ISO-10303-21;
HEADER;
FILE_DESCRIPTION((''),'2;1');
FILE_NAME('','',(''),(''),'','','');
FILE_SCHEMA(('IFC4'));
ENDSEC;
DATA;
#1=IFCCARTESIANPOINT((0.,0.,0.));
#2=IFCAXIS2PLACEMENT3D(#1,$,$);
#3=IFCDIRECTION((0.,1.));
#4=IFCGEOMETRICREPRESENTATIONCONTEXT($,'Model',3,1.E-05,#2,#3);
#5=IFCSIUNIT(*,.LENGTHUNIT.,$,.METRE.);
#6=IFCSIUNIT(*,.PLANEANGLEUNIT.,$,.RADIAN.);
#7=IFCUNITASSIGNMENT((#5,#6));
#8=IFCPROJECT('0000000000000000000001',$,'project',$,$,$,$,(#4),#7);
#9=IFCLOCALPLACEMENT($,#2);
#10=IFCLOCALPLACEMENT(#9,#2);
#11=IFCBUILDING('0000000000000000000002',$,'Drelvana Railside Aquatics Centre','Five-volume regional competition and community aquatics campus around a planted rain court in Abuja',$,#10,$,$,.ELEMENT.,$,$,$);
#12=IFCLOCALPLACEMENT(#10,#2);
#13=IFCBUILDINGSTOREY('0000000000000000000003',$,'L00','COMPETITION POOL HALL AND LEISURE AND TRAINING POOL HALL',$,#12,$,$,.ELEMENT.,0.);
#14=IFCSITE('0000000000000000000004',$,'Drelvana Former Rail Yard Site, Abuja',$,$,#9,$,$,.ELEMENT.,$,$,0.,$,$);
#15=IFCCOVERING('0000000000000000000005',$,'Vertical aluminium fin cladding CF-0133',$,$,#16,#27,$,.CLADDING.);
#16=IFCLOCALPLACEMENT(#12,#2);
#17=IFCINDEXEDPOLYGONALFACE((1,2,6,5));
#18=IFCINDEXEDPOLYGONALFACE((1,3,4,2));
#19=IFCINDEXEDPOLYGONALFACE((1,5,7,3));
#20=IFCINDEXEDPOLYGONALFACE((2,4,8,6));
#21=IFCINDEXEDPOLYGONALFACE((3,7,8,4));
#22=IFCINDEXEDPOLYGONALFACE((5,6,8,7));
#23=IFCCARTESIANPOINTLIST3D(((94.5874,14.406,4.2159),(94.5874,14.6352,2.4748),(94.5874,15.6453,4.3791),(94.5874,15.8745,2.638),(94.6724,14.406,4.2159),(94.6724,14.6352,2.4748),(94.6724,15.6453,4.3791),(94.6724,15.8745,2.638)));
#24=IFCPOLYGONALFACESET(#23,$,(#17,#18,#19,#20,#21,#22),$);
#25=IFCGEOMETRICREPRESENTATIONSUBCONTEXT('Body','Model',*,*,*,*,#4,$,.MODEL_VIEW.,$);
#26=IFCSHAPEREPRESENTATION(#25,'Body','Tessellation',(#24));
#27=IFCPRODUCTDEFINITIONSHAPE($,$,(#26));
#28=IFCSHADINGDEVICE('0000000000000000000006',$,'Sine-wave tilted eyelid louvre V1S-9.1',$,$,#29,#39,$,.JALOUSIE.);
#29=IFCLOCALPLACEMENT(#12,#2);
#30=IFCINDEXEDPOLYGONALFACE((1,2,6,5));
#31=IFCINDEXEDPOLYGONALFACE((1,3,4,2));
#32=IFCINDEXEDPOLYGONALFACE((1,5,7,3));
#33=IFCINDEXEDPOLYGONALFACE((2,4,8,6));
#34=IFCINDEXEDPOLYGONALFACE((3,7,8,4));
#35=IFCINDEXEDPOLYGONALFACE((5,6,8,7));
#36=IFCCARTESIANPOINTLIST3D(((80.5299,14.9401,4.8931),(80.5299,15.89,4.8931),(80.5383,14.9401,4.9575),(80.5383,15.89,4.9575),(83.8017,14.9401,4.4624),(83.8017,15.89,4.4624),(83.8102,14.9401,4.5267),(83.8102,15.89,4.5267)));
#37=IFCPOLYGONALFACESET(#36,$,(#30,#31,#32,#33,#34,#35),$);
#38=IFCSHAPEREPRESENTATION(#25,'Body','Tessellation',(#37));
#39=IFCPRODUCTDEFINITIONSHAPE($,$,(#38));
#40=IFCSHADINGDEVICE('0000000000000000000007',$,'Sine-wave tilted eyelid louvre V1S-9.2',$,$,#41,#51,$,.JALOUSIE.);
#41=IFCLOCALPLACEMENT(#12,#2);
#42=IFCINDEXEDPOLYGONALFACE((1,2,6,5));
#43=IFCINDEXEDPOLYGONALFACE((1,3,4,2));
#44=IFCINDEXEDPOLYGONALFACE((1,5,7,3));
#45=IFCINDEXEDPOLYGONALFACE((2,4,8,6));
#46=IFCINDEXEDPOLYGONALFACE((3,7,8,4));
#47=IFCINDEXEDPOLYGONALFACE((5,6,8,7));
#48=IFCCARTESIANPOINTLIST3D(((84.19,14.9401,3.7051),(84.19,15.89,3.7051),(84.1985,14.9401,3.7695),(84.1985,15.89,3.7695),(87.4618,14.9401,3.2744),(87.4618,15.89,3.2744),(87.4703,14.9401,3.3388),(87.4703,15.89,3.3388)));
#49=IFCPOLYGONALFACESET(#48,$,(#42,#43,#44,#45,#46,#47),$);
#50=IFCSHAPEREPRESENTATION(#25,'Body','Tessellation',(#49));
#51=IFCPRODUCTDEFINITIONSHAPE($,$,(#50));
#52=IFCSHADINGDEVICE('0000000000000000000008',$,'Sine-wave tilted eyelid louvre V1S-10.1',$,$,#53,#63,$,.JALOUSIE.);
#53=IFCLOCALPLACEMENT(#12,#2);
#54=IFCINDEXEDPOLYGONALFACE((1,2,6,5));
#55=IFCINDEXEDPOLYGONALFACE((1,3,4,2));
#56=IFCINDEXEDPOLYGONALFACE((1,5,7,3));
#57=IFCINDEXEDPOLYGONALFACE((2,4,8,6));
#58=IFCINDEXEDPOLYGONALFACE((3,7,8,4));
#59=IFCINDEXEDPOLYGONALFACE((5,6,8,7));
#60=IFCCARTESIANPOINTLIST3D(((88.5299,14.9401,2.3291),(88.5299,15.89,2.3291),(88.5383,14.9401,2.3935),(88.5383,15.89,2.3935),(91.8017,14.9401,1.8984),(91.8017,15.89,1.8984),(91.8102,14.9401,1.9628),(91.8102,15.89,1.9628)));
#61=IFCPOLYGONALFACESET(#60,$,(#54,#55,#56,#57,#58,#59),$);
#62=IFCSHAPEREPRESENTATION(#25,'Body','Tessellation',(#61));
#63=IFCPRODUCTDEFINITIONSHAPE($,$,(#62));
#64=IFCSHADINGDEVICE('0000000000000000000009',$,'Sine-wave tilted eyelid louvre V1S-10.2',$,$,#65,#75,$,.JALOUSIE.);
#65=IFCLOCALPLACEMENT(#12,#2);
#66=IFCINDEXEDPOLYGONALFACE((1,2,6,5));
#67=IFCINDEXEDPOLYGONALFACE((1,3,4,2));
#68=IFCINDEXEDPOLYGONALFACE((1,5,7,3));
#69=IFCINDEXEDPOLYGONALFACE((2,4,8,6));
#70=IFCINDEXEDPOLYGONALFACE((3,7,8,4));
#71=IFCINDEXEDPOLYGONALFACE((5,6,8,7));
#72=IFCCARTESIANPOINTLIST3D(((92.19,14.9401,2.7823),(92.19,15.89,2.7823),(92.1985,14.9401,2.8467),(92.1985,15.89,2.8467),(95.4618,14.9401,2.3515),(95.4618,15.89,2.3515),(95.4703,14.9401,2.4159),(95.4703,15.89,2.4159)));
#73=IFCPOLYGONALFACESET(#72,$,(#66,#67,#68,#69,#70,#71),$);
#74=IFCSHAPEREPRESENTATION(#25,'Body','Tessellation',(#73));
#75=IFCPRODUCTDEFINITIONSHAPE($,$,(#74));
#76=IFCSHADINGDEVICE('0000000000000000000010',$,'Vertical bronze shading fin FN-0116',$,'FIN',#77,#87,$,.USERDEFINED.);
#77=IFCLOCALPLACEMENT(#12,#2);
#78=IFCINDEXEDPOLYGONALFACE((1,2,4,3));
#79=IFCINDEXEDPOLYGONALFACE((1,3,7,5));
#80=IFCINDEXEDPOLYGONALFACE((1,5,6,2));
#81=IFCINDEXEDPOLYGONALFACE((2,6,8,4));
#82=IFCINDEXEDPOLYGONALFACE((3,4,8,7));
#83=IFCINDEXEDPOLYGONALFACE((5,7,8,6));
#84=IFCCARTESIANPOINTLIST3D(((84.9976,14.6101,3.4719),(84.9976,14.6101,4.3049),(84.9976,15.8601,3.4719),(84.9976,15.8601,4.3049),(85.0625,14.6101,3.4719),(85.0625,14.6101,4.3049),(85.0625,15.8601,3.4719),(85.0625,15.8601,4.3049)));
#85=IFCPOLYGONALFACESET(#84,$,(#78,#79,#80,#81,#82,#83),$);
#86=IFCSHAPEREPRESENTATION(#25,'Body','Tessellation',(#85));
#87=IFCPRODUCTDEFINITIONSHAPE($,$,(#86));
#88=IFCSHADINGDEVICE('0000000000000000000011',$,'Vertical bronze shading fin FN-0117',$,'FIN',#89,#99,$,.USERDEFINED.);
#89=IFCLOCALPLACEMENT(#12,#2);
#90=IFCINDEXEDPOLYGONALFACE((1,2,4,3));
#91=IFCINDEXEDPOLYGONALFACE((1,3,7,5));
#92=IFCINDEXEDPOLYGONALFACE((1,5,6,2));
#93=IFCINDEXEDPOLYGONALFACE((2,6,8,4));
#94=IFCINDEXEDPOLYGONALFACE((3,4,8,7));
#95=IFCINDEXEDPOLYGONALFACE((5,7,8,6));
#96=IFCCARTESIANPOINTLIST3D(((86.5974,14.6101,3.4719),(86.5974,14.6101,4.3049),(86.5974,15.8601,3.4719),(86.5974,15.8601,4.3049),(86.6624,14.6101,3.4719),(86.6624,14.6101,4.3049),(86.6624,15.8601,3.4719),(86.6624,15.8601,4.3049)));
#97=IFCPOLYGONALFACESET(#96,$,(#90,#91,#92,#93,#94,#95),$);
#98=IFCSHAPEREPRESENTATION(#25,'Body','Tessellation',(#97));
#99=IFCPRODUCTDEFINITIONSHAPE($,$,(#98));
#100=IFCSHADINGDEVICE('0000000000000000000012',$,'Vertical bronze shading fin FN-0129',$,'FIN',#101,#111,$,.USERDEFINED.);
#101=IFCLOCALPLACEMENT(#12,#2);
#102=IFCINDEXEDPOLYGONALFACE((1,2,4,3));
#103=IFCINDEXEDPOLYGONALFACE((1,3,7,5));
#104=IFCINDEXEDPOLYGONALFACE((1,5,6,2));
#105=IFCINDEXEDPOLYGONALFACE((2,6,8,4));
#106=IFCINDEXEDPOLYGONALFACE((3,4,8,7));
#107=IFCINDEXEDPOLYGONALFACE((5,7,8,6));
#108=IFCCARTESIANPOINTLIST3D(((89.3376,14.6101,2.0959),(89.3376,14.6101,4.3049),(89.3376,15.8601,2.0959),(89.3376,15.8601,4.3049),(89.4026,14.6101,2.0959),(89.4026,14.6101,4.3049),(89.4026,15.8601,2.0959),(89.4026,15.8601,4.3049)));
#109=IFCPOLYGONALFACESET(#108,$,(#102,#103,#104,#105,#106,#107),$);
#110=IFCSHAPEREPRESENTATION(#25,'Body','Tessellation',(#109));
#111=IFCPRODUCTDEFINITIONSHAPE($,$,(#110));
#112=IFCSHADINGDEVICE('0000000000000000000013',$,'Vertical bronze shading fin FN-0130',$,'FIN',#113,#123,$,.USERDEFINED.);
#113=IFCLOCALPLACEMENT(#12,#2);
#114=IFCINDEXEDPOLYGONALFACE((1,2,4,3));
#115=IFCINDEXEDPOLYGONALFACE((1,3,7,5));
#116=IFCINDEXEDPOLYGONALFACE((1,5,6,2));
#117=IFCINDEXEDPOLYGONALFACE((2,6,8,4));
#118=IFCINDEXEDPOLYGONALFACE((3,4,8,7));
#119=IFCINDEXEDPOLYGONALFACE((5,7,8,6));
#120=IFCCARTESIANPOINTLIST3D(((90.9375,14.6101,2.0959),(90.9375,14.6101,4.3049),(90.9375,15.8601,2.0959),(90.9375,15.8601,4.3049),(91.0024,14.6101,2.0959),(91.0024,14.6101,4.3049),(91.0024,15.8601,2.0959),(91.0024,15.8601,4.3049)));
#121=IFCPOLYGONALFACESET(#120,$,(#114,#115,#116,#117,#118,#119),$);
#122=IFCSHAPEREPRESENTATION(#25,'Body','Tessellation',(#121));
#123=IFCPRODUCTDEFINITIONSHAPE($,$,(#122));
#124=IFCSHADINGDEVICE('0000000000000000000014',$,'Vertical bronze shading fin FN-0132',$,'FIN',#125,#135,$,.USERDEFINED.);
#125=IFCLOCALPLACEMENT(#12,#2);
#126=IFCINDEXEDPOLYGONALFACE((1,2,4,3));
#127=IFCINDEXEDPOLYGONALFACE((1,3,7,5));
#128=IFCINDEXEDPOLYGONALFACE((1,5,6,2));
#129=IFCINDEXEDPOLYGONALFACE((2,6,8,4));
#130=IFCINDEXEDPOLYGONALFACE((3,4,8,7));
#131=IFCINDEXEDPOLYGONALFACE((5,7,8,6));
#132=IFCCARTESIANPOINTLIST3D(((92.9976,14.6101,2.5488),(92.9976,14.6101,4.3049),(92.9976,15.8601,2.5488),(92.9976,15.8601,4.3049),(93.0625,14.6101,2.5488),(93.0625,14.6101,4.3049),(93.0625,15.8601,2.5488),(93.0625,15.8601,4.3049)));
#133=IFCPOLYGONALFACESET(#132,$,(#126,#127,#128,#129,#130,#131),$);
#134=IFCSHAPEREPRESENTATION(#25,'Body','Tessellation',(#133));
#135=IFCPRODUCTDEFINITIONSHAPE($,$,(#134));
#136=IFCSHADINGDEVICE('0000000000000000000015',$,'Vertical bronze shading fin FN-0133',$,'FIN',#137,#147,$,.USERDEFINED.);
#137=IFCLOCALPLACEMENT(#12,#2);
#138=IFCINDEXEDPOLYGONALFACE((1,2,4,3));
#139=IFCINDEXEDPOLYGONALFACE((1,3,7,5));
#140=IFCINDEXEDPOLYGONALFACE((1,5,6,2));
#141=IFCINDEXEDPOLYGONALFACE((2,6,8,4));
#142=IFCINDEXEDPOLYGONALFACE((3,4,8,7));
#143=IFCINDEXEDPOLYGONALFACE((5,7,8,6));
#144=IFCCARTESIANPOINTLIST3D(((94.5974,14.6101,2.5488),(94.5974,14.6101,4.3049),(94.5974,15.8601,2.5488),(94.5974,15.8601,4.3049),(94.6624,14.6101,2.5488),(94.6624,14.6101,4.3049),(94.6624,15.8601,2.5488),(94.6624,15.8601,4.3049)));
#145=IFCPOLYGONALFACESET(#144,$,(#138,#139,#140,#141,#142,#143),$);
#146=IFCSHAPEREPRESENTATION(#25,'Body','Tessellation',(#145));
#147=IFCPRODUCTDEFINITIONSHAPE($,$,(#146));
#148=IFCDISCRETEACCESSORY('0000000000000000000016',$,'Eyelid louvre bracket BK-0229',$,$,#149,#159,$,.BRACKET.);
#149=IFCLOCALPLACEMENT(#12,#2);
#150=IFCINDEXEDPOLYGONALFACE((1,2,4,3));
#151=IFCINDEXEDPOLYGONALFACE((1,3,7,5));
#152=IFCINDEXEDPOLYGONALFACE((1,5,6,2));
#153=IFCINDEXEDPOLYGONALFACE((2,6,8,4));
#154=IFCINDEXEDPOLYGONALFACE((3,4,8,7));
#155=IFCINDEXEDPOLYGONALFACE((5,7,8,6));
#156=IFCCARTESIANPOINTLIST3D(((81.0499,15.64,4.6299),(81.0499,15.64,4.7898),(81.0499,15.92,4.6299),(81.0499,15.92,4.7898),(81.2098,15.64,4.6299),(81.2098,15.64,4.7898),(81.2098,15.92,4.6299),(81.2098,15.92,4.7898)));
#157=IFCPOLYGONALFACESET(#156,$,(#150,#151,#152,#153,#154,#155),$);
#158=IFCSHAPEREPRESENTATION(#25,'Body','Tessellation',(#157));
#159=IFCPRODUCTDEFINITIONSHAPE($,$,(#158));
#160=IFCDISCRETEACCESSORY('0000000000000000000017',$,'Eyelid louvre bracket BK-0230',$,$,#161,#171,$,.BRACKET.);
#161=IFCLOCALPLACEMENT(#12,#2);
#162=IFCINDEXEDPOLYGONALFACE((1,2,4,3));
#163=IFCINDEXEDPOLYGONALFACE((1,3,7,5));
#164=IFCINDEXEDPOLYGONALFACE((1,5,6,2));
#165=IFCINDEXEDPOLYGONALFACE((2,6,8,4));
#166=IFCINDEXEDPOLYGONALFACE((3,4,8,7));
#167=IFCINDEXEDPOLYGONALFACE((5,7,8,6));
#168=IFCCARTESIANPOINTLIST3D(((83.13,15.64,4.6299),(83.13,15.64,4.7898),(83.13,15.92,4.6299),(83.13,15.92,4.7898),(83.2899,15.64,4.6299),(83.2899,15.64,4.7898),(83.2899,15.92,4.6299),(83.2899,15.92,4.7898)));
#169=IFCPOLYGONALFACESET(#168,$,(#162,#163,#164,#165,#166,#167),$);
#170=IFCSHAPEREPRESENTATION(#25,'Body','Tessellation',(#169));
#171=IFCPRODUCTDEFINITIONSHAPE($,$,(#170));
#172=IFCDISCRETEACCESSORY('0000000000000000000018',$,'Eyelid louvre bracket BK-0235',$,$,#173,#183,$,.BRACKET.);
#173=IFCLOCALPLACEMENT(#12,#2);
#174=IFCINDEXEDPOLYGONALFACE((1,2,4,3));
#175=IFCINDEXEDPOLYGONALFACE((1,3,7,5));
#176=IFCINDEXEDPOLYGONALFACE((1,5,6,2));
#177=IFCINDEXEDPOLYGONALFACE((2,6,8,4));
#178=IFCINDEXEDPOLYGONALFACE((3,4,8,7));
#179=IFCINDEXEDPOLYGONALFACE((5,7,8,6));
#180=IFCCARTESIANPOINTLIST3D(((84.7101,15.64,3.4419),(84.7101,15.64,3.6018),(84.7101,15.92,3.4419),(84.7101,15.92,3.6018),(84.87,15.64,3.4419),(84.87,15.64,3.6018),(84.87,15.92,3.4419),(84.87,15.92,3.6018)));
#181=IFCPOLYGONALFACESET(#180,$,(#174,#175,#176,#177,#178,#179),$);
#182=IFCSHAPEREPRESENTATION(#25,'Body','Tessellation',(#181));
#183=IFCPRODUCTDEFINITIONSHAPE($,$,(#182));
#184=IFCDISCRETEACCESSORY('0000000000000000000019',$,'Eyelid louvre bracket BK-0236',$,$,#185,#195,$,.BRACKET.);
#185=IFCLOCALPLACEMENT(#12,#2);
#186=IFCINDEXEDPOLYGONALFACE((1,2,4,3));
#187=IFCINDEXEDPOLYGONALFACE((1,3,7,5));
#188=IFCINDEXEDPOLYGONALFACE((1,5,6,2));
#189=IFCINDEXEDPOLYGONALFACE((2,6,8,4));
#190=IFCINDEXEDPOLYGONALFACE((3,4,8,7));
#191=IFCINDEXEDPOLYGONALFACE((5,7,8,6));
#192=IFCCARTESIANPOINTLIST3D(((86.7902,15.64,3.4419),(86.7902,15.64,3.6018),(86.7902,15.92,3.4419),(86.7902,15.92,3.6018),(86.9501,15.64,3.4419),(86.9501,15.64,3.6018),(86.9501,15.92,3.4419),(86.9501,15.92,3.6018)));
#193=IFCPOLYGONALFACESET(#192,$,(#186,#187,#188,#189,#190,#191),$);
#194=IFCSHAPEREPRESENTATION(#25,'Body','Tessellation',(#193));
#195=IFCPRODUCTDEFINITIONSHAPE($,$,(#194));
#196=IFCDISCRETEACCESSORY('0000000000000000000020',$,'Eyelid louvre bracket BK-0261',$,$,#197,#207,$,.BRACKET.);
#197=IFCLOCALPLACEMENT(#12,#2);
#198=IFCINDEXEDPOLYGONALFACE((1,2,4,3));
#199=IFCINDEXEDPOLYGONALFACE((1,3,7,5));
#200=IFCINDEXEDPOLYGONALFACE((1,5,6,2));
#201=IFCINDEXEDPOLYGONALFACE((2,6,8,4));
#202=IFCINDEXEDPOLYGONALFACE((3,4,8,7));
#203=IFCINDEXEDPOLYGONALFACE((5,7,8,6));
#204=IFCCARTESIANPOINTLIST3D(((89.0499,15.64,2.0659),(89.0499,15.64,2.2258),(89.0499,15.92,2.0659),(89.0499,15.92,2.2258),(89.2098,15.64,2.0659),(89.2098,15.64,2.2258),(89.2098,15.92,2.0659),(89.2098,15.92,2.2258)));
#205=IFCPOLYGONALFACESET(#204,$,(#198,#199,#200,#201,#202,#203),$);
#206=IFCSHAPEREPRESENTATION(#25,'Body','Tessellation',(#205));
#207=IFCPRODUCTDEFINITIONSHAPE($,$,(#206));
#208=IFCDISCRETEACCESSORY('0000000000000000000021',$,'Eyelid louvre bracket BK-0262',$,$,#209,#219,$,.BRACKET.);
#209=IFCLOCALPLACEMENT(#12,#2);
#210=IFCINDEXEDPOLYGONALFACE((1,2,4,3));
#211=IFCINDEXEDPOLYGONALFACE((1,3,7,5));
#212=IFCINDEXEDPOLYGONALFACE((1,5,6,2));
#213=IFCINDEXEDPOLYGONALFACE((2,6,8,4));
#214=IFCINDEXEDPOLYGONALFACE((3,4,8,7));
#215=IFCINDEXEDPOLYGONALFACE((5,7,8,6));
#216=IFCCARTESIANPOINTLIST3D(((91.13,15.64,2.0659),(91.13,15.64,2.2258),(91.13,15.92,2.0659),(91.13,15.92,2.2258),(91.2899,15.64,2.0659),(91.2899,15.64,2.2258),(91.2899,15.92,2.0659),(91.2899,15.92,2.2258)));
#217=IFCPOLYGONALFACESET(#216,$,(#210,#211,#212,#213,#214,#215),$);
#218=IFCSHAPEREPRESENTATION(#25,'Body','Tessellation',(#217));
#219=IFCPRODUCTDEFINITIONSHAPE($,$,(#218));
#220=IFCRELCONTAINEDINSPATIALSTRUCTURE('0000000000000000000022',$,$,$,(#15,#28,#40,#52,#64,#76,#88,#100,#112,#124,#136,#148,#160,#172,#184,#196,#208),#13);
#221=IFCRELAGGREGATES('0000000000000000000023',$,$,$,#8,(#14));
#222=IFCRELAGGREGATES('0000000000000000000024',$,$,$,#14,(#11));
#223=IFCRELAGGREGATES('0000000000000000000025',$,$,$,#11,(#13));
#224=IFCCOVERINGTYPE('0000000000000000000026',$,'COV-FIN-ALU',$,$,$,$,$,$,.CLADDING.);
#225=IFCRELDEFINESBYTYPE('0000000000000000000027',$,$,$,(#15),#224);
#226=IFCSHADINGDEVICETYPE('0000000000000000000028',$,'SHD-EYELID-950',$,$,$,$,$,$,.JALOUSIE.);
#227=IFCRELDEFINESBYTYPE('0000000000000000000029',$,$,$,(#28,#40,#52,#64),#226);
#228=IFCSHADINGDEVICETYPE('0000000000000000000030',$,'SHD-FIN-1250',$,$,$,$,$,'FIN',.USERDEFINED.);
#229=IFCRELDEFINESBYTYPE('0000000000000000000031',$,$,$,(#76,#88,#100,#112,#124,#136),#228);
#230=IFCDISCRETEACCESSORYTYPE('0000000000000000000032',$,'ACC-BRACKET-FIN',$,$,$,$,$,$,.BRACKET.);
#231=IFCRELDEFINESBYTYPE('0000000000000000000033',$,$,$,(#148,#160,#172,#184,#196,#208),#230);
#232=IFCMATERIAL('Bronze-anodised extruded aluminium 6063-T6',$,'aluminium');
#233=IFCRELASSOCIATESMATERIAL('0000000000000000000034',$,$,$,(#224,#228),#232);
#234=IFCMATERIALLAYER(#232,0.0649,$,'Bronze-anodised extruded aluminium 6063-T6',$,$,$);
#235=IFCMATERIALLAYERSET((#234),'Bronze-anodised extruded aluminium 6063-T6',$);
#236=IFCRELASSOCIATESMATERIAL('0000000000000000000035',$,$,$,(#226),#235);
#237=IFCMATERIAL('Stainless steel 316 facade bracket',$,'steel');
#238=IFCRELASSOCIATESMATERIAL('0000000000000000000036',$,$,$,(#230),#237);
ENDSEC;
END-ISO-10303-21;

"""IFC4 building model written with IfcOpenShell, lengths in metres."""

from ifc_helpers import new_model, si_unit, direction, frame, origin, origin_2d, place, context, subcontext, project, spatial, rectangle, extrude, material, layer, layer_set, type_object, element, save


model = new_model("IFC4")

# Units and contexts
model_context = context("Model", 3, precision=1e-05, world=origin(), true_north=direction((0.0, 1.0)))
body_context = subcontext(model_context, "Body", "Model", "MODEL_VIEW")
ifc_project = project(units=[si_unit("LENGTHUNIT", "METRE"), si_unit("PLANEANGLEUNIT", "RADIAN")], contexts=[model_context])

# Site, building, storey
site_placement = place(None, origin())
site = spatial("IfcSite", under=ifc_project, at=site_placement, Name="Drelvana Former Rail Yard Site, Abuja", CompositionType="ELEMENT", RefElevation=0.0)
building_placement = place(site_placement, origin())
building = spatial("IfcBuilding", under=site, at=building_placement, Name="Drelvana Railside Aquatics Centre", Description="Five-volume regional competition and community aquatics campus around a planted rain court in Abuja", CompositionType="ELEMENT")
storey_placement = place(building_placement, origin())
storey = spatial("IfcBuildingStorey", under=building, at=storey_placement, Name="L00", Description="COMPETITION POOL HALL AND LEISURE AND TRAINING POOL HALL", CompositionType="ELEMENT", Elevation=0.0)

# Covering
ifc_material_1 = material(Name="Bronze-anodised extruded aluminium 6063-T6", Category="aluminium")
covering_type_1 = type_object("IfcCoveringType", Name="COV-FIN-ALU", PredefinedType="CLADDING", material=ifc_material_1)
for number, where, z_axis, x_axis, name in (
    (1, (94.6299, 15.2549, 2.5564), (0.0, -0.130526, 0.991445), (-1.0, 0.0, 0.0), "Vertical aluminium fin cladding CF-0133"),
):
    element("IfcCovering", number, at=place(storey_placement, frame(where, z_axis=z_axis, x_axis=x_axis)), inside=storey, type_object=covering_type_1, Name=name, PredefinedType="CLADDING", context=body_context, shape_type="SweptSolid", body=[
        extrude(rectangle(XDim=0.085, YDim=1.25, at=origin_2d()), origin(), (0.0, 0.0, 1.0), 1.7561),
    ])

# Shading devices
ifc_layer_1 = layer(ifc_material_1, 0.0649, Name="Bronze-anodised extruded aluminium 6063-T6")
ifc_layer_set_1 = layer_set([ifc_layer_1], Name="Bronze-anodised extruded aluminium 6063-T6")
shading_device_type_1 = type_object("IfcShadingDeviceType", Name="SHD-EYELID-950", PredefinedType="JALOUSIE", material=ifc_layer_set_1)
for number, where, z_axis, x_axis, name in (
    (2, (82.1658, 15.415, 4.6777), (0.130526, 0.0, 0.991445), (0.0, -1.0, 0.0), "Sine-wave tilted eyelid louvre V1S-9.1"),
    (3, (85.8259, 15.415, 3.4897), (0.130526, 0.0, 0.991445), (0.0, -1.0, 0.0), "Sine-wave tilted eyelid louvre V1S-9.2"),
    (4, (90.1658, 15.415, 2.1138), (0.130526, 0.0, 0.991445), (0.0, -1.0, 0.0), "Sine-wave tilted eyelid louvre V1S-10.1"),
    (5, (93.8259, 15.415, 2.5669), (0.130526, 0.0, 0.991445), (0.0, -1.0, 0.0), "Sine-wave tilted eyelid louvre V1S-10.2"),
):
    element("IfcShadingDevice", number, at=place(storey_placement, frame(where, z_axis=z_axis, x_axis=x_axis)), inside=storey, type_object=shading_device_type_1, Name=name, PredefinedType="JALOUSIE", context=body_context, shape_type="SweptSolid", body=[
        extrude(rectangle(XDim=0.95, YDim=3.3, at=origin_2d()), origin(), (0.0, 0.0, 1.0), 0.0649),
    ])
shading_device_type_2 = type_object("IfcShadingDeviceType", Name="SHD-FIN-1250", ElementType="FIN", PredefinedType="USERDEFINED", material=ifc_material_1)
for number, where, z_axis, x_axis, name in (
    (6, (85.03, 15.2351, 3.4719), (0.0, 0.0, 1.0), (0.0, -1.0, 0.0), "Vertical bronze shading fin FN-0116"),
    (7, (86.6299, 15.2351, 3.4719), (0.0, 0.0, 1.0), (0.0, -1.0, 0.0), "Vertical bronze shading fin FN-0117"),
):
    element("IfcShadingDevice", number, at=place(storey_placement, frame(where, z_axis=z_axis, x_axis=x_axis)), inside=storey, type_object=shading_device_type_2, Name=name, ObjectType="FIN", PredefinedType="USERDEFINED", context=body_context, shape_type="SweptSolid", body=[
        extrude(rectangle(XDim=1.25, YDim=0.0649, at=origin_2d()), origin(), (0.0, 0.0, 1.0), 0.833),
    ])
for number, where, z_axis, x_axis, name in (
    (8, (89.3701, 15.2351, 2.0959), (0.0, 0.0, 1.0), (0.0, -1.0, 0.0), "Vertical bronze shading fin FN-0129"),
    (9, (90.97, 15.2351, 2.0959), (0.0, 0.0, 1.0), (0.0, -1.0, 0.0), "Vertical bronze shading fin FN-0130"),
):
    element("IfcShadingDevice", number, at=place(storey_placement, frame(where, z_axis=z_axis, x_axis=x_axis)), inside=storey, type_object=shading_device_type_2, Name=name, ObjectType="FIN", PredefinedType="USERDEFINED", context=body_context, shape_type="SweptSolid", body=[
        extrude(rectangle(XDim=1.25, YDim=0.0649, at=origin_2d()), origin(), (0.0, 0.0, 1.0), 2.209),
    ])
for number, where, z_axis, x_axis, name in (
    (10, (93.03, 15.2351, 2.5488), (0.0, 0.0, 1.0), (0.0, -1.0, 0.0), "Vertical bronze shading fin FN-0132"),
    (11, (94.6299, 15.2351, 2.5488), (0.0, 0.0, 1.0), (0.0, -1.0, 0.0), "Vertical bronze shading fin FN-0133"),
):
    element("IfcShadingDevice", number, at=place(storey_placement, frame(where, z_axis=z_axis, x_axis=x_axis)), inside=storey, type_object=shading_device_type_2, Name=name, ObjectType="FIN", PredefinedType="USERDEFINED", context=body_context, shape_type="SweptSolid", body=[
        extrude(rectangle(XDim=1.25, YDim=0.0649, at=origin_2d()), origin(), (0.0, 0.0, 1.0), 1.7561),
    ])

# Discrete accessories
ifc_material_2 = material(Name="Stainless steel 316 facade bracket", Category="steel")
discrete_accessory_type = type_object("IfcDiscreteAccessoryType", Name="ACC-BRACKET-FIN", PredefinedType="BRACKET", material=ifc_material_2)
for number, where, z_axis, x_axis, name in (
    (12, (81.1299, 15.78, 4.6299), (0.0, 0.0, 1.0), (1.0, 0.0, 0.0), "Eyelid louvre bracket BK-0229"),
    (13, (83.21, 15.78, 4.6299), (0.0, 0.0, 1.0), (1.0, 0.0, 0.0), "Eyelid louvre bracket BK-0230"),
    (14, (84.79, 15.78, 3.4419), (0.0, 0.0, 1.0), (1.0, 0.0, 0.0), "Eyelid louvre bracket BK-0235"),
    (15, (86.8701, 15.78, 3.4419), (0.0, 0.0, 1.0), (1.0, 0.0, 0.0), "Eyelid louvre bracket BK-0236"),
    (16, (89.1299, 15.78, 2.0659), (0.0, 0.0, 1.0), (1.0, 0.0, 0.0), "Eyelid louvre bracket BK-0261"),
    (17, (91.21, 15.78, 2.0659), (0.0, 0.0, 1.0), (1.0, 0.0, 0.0), "Eyelid louvre bracket BK-0262"),
):
    element("IfcDiscreteAccessory", number, at=place(storey_placement, frame(where, z_axis=z_axis, x_axis=x_axis)), inside=storey, type_object=discrete_accessory_type, Name=name, PredefinedType="BRACKET", context=body_context, shape_type="SweptSolid", body=[
        extrude(rectangle(XDim=0.1599, YDim=0.28, at=origin_2d()), origin(), (0.0, 0.0, 1.0), 0.1599),
    ])

save(model, "model.ifc")
